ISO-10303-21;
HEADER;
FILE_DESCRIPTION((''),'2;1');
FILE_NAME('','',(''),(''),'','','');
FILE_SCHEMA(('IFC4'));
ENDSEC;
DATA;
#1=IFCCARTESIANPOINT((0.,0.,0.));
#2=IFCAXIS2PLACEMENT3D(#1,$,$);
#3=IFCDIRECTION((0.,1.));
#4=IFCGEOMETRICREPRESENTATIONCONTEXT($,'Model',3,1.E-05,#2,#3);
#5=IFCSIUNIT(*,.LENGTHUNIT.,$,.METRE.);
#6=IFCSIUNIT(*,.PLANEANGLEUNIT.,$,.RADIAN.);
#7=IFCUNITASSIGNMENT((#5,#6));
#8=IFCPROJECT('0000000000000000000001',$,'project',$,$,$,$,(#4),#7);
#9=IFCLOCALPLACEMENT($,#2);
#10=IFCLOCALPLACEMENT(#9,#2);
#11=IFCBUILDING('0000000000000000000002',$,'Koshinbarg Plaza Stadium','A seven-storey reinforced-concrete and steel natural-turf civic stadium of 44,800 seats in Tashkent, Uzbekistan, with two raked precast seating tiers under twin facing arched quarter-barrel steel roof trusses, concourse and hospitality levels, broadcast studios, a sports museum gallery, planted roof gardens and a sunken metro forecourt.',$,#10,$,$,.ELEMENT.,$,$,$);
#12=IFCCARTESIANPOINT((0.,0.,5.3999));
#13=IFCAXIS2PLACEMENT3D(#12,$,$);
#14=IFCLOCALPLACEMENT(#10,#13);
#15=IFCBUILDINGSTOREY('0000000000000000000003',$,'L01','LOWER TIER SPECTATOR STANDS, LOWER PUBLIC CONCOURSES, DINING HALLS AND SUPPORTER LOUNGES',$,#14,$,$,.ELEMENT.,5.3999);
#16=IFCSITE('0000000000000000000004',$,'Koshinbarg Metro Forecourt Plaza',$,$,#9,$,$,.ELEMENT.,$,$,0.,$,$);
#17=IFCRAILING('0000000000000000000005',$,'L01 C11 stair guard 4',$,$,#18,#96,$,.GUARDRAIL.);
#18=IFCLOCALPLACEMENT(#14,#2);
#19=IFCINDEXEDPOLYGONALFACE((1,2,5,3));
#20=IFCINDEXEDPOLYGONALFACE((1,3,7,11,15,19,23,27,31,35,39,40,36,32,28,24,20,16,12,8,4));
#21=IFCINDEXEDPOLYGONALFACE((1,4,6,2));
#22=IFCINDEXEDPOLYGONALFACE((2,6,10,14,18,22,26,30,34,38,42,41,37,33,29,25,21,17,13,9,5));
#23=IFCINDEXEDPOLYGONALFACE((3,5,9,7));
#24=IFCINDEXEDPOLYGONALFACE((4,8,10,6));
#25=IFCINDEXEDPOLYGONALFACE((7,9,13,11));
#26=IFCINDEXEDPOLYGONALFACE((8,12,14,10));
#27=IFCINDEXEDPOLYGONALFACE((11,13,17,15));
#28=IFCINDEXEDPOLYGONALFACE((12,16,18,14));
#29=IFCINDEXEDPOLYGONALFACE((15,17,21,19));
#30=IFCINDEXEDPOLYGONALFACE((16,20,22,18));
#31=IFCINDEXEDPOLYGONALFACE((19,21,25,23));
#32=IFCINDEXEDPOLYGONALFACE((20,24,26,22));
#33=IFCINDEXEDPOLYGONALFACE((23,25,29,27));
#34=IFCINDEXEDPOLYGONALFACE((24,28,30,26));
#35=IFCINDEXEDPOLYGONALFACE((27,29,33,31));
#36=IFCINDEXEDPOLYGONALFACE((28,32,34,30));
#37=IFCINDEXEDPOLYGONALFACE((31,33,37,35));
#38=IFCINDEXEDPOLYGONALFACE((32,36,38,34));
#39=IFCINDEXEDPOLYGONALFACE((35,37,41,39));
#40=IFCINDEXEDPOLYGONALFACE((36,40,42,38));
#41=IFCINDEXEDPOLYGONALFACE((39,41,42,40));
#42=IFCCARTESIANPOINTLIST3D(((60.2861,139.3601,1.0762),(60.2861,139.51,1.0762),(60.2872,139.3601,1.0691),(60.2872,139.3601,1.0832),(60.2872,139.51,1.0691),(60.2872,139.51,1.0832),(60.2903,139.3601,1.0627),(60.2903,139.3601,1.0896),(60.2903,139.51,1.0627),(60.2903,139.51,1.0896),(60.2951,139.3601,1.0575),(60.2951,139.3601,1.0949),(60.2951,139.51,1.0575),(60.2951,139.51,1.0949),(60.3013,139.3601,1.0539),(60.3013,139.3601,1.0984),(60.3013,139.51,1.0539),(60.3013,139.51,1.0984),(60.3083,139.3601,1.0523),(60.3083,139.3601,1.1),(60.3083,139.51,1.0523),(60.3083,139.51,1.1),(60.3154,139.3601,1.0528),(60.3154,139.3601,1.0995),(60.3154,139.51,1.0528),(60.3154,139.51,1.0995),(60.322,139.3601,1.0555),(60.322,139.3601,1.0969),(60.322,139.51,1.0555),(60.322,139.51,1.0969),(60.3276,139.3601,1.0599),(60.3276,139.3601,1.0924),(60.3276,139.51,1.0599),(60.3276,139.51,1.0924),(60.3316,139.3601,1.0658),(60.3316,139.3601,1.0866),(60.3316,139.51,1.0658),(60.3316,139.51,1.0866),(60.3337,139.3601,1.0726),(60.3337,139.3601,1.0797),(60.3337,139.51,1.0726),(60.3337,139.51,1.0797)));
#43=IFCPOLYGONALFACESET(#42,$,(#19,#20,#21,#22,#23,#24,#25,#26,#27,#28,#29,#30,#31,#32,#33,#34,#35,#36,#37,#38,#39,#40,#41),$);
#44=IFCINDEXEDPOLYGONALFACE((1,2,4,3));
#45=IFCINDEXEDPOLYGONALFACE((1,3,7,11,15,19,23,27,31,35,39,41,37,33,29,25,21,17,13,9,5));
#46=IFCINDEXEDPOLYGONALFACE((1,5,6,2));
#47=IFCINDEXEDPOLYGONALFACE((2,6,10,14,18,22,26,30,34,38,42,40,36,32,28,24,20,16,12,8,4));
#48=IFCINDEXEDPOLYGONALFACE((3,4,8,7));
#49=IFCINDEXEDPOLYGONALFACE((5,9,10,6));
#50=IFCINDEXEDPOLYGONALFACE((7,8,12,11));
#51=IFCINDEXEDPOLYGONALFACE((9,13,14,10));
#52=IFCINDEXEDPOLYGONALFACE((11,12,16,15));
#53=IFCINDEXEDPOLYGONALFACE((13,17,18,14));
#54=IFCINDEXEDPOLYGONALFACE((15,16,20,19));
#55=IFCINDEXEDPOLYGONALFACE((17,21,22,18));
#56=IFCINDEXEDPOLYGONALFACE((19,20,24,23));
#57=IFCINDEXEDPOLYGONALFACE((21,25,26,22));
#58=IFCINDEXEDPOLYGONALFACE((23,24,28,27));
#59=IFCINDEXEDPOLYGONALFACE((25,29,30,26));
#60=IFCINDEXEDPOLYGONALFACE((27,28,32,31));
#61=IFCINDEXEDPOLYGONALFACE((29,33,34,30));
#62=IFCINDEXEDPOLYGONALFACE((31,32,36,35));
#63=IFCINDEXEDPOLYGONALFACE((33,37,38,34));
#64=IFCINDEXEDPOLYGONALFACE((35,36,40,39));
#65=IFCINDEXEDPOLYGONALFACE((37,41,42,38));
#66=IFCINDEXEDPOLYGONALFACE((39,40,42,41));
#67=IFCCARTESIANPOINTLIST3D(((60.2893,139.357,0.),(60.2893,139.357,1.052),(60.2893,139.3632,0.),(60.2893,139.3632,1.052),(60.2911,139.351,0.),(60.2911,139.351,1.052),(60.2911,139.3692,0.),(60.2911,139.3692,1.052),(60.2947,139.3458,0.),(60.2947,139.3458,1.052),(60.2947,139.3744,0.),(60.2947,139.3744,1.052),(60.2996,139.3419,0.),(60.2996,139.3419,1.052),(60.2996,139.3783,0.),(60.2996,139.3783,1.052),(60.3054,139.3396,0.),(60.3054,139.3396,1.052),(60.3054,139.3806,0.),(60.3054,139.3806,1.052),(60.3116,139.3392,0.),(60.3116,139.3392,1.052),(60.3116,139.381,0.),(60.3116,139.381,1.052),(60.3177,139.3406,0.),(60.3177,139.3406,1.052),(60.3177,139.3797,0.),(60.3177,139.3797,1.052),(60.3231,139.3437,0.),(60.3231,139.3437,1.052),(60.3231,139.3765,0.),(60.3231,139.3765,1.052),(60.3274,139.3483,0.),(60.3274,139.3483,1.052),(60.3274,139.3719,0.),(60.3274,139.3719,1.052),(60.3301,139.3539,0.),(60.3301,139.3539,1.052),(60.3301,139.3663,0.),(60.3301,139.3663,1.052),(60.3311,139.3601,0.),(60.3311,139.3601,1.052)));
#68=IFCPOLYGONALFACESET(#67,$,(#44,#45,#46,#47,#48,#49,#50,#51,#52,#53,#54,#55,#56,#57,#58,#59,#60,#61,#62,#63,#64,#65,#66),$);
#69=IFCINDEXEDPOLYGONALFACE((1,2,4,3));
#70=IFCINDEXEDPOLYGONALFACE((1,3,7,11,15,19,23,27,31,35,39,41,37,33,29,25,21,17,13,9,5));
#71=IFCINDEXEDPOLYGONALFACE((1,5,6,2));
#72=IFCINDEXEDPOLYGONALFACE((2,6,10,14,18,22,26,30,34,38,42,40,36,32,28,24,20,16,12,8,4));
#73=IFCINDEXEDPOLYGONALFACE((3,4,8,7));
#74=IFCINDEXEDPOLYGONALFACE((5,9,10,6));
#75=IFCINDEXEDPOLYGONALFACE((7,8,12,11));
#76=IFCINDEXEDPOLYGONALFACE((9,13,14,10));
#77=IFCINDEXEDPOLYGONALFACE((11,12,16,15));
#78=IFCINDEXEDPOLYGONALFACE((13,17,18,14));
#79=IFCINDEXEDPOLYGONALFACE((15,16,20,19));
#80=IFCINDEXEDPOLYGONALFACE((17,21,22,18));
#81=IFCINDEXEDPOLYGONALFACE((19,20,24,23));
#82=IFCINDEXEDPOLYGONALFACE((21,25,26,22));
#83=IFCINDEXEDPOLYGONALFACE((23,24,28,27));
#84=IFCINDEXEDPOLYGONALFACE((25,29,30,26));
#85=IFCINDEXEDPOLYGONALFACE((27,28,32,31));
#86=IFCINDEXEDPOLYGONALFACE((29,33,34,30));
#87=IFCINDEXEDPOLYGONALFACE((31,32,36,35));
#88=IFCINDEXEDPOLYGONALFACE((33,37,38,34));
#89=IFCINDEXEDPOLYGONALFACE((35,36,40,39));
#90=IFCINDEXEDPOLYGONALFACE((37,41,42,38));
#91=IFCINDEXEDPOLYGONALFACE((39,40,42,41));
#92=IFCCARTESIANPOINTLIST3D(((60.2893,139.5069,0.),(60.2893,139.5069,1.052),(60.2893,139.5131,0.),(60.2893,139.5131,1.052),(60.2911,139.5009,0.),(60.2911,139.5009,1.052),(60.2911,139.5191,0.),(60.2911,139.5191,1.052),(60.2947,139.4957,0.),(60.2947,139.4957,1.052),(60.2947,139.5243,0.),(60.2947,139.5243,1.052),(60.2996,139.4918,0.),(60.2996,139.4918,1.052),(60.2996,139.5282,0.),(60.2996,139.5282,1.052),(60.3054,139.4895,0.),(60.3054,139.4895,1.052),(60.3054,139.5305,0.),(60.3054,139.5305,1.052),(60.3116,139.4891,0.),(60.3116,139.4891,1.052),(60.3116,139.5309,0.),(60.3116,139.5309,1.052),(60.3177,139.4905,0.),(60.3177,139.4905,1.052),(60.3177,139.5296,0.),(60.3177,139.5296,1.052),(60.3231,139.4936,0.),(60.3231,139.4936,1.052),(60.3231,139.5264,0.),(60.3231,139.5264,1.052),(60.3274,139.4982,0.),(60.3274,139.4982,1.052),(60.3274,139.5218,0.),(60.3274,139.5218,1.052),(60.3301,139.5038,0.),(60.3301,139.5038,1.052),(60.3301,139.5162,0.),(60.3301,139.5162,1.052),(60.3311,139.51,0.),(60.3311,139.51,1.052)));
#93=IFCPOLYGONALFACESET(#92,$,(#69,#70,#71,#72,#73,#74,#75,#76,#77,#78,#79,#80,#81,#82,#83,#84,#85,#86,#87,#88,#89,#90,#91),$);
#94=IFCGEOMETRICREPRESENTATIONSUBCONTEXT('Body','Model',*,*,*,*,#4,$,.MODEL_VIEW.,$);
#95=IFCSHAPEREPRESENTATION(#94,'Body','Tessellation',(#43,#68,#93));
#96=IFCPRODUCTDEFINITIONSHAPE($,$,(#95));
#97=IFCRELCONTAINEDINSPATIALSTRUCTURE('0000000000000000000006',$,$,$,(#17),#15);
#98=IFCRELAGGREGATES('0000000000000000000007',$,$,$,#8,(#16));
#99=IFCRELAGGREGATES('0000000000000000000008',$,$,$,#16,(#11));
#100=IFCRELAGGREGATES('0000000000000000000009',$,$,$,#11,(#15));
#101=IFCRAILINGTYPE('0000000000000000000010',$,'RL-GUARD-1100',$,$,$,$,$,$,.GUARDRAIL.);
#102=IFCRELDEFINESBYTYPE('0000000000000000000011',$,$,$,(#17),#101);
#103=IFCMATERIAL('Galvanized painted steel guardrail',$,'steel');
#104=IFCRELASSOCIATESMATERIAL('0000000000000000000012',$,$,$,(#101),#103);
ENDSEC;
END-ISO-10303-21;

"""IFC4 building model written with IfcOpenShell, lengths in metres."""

from ifc_helpers import new_model, si_unit, direction, frame, origin, origin_2d, place, context, subcontext, project, spatial, circle, extrude, material, type_object, element, save


model = new_model("IFC4")

# Units and contexts
model_context = context("Model", 3, precision=1e-05, world=origin(), true_north=direction((0.0, 1.0)))
body_context = subcontext(model_context, "Body", "Model", "MODEL_VIEW")
ifc_project = project(units=[si_unit("LENGTHUNIT", "METRE"), si_unit("PLANEANGLEUNIT", "RADIAN")], contexts=[model_context])

# Site, building, storey
site_placement = place(None, origin())
site = spatial("IfcSite", under=ifc_project, at=site_placement, Name="Koshinbarg Metro Forecourt Plaza", CompositionType="ELEMENT", RefElevation=0.0)
building_placement = place(site_placement, origin())
building = spatial("IfcBuilding", under=site, at=building_placement, Name="Koshinbarg Plaza Stadium", Description="A seven-storey reinforced-concrete and steel natural-turf civic stadium of 44,800 seats in Tashkent, Uzbekistan, with two raked precast seating tiers under twin facing arched quarter-barrel steel roof trusses, concourse and hospitality levels, broadcast studios, a sports museum gallery, planted roof gardens and a sunken metro forecourt.", CompositionType="ELEMENT")
storey_placement = place(building_placement, frame((0.0, 0.0, 5.3999)))
storey = spatial("IfcBuildingStorey", under=building, at=storey_placement, Name="L01", Description="LOWER TIER SPECTATOR STANDS, LOWER PUBLIC CONCOURSES, DINING HALLS AND SUPPORTER LOUNGES", CompositionType="ELEMENT", Elevation=5.3999)

# Railing
ifc_material_1 = material(Name="Galvanized painted steel guardrail", Category="steel")
railing_type_1 = type_object("IfcRailingType", Name="RL-GUARD-1100", PredefinedType="GUARDRAIL", material=ifc_material_1)
railing_1_placement = place(storey_placement, frame((60.3101, 139.3601, 0.0)))
element("IfcRailing", 1, at=railing_1_placement, inside=storey, type_object=railing_type_1, Name="L01 C11 stair guard 4", PredefinedType="GUARDRAIL", context=body_context, shape_type="SweptSolid", body=[
    extrude(circle(Radius=0.0239, at=origin_2d()), frame((0.0, 0.0, 1.0762), z_axis=(0.0, 1.0, 0.0), x_axis=(-1.0, 0.0, 0.0)), (0.0, 0.0, 1.0), 0.1499),
    extrude(circle(Radius=0.021, at=origin_2d()), origin(), (0.0, 0.0, 1.0), 1.052),
    extrude(circle(Radius=0.021, at=origin_2d()), frame((0.0, 0.1499, 0.0)), (0.0, 0.0, 1.0), 1.052),
])

save(model, "model.ifc")
